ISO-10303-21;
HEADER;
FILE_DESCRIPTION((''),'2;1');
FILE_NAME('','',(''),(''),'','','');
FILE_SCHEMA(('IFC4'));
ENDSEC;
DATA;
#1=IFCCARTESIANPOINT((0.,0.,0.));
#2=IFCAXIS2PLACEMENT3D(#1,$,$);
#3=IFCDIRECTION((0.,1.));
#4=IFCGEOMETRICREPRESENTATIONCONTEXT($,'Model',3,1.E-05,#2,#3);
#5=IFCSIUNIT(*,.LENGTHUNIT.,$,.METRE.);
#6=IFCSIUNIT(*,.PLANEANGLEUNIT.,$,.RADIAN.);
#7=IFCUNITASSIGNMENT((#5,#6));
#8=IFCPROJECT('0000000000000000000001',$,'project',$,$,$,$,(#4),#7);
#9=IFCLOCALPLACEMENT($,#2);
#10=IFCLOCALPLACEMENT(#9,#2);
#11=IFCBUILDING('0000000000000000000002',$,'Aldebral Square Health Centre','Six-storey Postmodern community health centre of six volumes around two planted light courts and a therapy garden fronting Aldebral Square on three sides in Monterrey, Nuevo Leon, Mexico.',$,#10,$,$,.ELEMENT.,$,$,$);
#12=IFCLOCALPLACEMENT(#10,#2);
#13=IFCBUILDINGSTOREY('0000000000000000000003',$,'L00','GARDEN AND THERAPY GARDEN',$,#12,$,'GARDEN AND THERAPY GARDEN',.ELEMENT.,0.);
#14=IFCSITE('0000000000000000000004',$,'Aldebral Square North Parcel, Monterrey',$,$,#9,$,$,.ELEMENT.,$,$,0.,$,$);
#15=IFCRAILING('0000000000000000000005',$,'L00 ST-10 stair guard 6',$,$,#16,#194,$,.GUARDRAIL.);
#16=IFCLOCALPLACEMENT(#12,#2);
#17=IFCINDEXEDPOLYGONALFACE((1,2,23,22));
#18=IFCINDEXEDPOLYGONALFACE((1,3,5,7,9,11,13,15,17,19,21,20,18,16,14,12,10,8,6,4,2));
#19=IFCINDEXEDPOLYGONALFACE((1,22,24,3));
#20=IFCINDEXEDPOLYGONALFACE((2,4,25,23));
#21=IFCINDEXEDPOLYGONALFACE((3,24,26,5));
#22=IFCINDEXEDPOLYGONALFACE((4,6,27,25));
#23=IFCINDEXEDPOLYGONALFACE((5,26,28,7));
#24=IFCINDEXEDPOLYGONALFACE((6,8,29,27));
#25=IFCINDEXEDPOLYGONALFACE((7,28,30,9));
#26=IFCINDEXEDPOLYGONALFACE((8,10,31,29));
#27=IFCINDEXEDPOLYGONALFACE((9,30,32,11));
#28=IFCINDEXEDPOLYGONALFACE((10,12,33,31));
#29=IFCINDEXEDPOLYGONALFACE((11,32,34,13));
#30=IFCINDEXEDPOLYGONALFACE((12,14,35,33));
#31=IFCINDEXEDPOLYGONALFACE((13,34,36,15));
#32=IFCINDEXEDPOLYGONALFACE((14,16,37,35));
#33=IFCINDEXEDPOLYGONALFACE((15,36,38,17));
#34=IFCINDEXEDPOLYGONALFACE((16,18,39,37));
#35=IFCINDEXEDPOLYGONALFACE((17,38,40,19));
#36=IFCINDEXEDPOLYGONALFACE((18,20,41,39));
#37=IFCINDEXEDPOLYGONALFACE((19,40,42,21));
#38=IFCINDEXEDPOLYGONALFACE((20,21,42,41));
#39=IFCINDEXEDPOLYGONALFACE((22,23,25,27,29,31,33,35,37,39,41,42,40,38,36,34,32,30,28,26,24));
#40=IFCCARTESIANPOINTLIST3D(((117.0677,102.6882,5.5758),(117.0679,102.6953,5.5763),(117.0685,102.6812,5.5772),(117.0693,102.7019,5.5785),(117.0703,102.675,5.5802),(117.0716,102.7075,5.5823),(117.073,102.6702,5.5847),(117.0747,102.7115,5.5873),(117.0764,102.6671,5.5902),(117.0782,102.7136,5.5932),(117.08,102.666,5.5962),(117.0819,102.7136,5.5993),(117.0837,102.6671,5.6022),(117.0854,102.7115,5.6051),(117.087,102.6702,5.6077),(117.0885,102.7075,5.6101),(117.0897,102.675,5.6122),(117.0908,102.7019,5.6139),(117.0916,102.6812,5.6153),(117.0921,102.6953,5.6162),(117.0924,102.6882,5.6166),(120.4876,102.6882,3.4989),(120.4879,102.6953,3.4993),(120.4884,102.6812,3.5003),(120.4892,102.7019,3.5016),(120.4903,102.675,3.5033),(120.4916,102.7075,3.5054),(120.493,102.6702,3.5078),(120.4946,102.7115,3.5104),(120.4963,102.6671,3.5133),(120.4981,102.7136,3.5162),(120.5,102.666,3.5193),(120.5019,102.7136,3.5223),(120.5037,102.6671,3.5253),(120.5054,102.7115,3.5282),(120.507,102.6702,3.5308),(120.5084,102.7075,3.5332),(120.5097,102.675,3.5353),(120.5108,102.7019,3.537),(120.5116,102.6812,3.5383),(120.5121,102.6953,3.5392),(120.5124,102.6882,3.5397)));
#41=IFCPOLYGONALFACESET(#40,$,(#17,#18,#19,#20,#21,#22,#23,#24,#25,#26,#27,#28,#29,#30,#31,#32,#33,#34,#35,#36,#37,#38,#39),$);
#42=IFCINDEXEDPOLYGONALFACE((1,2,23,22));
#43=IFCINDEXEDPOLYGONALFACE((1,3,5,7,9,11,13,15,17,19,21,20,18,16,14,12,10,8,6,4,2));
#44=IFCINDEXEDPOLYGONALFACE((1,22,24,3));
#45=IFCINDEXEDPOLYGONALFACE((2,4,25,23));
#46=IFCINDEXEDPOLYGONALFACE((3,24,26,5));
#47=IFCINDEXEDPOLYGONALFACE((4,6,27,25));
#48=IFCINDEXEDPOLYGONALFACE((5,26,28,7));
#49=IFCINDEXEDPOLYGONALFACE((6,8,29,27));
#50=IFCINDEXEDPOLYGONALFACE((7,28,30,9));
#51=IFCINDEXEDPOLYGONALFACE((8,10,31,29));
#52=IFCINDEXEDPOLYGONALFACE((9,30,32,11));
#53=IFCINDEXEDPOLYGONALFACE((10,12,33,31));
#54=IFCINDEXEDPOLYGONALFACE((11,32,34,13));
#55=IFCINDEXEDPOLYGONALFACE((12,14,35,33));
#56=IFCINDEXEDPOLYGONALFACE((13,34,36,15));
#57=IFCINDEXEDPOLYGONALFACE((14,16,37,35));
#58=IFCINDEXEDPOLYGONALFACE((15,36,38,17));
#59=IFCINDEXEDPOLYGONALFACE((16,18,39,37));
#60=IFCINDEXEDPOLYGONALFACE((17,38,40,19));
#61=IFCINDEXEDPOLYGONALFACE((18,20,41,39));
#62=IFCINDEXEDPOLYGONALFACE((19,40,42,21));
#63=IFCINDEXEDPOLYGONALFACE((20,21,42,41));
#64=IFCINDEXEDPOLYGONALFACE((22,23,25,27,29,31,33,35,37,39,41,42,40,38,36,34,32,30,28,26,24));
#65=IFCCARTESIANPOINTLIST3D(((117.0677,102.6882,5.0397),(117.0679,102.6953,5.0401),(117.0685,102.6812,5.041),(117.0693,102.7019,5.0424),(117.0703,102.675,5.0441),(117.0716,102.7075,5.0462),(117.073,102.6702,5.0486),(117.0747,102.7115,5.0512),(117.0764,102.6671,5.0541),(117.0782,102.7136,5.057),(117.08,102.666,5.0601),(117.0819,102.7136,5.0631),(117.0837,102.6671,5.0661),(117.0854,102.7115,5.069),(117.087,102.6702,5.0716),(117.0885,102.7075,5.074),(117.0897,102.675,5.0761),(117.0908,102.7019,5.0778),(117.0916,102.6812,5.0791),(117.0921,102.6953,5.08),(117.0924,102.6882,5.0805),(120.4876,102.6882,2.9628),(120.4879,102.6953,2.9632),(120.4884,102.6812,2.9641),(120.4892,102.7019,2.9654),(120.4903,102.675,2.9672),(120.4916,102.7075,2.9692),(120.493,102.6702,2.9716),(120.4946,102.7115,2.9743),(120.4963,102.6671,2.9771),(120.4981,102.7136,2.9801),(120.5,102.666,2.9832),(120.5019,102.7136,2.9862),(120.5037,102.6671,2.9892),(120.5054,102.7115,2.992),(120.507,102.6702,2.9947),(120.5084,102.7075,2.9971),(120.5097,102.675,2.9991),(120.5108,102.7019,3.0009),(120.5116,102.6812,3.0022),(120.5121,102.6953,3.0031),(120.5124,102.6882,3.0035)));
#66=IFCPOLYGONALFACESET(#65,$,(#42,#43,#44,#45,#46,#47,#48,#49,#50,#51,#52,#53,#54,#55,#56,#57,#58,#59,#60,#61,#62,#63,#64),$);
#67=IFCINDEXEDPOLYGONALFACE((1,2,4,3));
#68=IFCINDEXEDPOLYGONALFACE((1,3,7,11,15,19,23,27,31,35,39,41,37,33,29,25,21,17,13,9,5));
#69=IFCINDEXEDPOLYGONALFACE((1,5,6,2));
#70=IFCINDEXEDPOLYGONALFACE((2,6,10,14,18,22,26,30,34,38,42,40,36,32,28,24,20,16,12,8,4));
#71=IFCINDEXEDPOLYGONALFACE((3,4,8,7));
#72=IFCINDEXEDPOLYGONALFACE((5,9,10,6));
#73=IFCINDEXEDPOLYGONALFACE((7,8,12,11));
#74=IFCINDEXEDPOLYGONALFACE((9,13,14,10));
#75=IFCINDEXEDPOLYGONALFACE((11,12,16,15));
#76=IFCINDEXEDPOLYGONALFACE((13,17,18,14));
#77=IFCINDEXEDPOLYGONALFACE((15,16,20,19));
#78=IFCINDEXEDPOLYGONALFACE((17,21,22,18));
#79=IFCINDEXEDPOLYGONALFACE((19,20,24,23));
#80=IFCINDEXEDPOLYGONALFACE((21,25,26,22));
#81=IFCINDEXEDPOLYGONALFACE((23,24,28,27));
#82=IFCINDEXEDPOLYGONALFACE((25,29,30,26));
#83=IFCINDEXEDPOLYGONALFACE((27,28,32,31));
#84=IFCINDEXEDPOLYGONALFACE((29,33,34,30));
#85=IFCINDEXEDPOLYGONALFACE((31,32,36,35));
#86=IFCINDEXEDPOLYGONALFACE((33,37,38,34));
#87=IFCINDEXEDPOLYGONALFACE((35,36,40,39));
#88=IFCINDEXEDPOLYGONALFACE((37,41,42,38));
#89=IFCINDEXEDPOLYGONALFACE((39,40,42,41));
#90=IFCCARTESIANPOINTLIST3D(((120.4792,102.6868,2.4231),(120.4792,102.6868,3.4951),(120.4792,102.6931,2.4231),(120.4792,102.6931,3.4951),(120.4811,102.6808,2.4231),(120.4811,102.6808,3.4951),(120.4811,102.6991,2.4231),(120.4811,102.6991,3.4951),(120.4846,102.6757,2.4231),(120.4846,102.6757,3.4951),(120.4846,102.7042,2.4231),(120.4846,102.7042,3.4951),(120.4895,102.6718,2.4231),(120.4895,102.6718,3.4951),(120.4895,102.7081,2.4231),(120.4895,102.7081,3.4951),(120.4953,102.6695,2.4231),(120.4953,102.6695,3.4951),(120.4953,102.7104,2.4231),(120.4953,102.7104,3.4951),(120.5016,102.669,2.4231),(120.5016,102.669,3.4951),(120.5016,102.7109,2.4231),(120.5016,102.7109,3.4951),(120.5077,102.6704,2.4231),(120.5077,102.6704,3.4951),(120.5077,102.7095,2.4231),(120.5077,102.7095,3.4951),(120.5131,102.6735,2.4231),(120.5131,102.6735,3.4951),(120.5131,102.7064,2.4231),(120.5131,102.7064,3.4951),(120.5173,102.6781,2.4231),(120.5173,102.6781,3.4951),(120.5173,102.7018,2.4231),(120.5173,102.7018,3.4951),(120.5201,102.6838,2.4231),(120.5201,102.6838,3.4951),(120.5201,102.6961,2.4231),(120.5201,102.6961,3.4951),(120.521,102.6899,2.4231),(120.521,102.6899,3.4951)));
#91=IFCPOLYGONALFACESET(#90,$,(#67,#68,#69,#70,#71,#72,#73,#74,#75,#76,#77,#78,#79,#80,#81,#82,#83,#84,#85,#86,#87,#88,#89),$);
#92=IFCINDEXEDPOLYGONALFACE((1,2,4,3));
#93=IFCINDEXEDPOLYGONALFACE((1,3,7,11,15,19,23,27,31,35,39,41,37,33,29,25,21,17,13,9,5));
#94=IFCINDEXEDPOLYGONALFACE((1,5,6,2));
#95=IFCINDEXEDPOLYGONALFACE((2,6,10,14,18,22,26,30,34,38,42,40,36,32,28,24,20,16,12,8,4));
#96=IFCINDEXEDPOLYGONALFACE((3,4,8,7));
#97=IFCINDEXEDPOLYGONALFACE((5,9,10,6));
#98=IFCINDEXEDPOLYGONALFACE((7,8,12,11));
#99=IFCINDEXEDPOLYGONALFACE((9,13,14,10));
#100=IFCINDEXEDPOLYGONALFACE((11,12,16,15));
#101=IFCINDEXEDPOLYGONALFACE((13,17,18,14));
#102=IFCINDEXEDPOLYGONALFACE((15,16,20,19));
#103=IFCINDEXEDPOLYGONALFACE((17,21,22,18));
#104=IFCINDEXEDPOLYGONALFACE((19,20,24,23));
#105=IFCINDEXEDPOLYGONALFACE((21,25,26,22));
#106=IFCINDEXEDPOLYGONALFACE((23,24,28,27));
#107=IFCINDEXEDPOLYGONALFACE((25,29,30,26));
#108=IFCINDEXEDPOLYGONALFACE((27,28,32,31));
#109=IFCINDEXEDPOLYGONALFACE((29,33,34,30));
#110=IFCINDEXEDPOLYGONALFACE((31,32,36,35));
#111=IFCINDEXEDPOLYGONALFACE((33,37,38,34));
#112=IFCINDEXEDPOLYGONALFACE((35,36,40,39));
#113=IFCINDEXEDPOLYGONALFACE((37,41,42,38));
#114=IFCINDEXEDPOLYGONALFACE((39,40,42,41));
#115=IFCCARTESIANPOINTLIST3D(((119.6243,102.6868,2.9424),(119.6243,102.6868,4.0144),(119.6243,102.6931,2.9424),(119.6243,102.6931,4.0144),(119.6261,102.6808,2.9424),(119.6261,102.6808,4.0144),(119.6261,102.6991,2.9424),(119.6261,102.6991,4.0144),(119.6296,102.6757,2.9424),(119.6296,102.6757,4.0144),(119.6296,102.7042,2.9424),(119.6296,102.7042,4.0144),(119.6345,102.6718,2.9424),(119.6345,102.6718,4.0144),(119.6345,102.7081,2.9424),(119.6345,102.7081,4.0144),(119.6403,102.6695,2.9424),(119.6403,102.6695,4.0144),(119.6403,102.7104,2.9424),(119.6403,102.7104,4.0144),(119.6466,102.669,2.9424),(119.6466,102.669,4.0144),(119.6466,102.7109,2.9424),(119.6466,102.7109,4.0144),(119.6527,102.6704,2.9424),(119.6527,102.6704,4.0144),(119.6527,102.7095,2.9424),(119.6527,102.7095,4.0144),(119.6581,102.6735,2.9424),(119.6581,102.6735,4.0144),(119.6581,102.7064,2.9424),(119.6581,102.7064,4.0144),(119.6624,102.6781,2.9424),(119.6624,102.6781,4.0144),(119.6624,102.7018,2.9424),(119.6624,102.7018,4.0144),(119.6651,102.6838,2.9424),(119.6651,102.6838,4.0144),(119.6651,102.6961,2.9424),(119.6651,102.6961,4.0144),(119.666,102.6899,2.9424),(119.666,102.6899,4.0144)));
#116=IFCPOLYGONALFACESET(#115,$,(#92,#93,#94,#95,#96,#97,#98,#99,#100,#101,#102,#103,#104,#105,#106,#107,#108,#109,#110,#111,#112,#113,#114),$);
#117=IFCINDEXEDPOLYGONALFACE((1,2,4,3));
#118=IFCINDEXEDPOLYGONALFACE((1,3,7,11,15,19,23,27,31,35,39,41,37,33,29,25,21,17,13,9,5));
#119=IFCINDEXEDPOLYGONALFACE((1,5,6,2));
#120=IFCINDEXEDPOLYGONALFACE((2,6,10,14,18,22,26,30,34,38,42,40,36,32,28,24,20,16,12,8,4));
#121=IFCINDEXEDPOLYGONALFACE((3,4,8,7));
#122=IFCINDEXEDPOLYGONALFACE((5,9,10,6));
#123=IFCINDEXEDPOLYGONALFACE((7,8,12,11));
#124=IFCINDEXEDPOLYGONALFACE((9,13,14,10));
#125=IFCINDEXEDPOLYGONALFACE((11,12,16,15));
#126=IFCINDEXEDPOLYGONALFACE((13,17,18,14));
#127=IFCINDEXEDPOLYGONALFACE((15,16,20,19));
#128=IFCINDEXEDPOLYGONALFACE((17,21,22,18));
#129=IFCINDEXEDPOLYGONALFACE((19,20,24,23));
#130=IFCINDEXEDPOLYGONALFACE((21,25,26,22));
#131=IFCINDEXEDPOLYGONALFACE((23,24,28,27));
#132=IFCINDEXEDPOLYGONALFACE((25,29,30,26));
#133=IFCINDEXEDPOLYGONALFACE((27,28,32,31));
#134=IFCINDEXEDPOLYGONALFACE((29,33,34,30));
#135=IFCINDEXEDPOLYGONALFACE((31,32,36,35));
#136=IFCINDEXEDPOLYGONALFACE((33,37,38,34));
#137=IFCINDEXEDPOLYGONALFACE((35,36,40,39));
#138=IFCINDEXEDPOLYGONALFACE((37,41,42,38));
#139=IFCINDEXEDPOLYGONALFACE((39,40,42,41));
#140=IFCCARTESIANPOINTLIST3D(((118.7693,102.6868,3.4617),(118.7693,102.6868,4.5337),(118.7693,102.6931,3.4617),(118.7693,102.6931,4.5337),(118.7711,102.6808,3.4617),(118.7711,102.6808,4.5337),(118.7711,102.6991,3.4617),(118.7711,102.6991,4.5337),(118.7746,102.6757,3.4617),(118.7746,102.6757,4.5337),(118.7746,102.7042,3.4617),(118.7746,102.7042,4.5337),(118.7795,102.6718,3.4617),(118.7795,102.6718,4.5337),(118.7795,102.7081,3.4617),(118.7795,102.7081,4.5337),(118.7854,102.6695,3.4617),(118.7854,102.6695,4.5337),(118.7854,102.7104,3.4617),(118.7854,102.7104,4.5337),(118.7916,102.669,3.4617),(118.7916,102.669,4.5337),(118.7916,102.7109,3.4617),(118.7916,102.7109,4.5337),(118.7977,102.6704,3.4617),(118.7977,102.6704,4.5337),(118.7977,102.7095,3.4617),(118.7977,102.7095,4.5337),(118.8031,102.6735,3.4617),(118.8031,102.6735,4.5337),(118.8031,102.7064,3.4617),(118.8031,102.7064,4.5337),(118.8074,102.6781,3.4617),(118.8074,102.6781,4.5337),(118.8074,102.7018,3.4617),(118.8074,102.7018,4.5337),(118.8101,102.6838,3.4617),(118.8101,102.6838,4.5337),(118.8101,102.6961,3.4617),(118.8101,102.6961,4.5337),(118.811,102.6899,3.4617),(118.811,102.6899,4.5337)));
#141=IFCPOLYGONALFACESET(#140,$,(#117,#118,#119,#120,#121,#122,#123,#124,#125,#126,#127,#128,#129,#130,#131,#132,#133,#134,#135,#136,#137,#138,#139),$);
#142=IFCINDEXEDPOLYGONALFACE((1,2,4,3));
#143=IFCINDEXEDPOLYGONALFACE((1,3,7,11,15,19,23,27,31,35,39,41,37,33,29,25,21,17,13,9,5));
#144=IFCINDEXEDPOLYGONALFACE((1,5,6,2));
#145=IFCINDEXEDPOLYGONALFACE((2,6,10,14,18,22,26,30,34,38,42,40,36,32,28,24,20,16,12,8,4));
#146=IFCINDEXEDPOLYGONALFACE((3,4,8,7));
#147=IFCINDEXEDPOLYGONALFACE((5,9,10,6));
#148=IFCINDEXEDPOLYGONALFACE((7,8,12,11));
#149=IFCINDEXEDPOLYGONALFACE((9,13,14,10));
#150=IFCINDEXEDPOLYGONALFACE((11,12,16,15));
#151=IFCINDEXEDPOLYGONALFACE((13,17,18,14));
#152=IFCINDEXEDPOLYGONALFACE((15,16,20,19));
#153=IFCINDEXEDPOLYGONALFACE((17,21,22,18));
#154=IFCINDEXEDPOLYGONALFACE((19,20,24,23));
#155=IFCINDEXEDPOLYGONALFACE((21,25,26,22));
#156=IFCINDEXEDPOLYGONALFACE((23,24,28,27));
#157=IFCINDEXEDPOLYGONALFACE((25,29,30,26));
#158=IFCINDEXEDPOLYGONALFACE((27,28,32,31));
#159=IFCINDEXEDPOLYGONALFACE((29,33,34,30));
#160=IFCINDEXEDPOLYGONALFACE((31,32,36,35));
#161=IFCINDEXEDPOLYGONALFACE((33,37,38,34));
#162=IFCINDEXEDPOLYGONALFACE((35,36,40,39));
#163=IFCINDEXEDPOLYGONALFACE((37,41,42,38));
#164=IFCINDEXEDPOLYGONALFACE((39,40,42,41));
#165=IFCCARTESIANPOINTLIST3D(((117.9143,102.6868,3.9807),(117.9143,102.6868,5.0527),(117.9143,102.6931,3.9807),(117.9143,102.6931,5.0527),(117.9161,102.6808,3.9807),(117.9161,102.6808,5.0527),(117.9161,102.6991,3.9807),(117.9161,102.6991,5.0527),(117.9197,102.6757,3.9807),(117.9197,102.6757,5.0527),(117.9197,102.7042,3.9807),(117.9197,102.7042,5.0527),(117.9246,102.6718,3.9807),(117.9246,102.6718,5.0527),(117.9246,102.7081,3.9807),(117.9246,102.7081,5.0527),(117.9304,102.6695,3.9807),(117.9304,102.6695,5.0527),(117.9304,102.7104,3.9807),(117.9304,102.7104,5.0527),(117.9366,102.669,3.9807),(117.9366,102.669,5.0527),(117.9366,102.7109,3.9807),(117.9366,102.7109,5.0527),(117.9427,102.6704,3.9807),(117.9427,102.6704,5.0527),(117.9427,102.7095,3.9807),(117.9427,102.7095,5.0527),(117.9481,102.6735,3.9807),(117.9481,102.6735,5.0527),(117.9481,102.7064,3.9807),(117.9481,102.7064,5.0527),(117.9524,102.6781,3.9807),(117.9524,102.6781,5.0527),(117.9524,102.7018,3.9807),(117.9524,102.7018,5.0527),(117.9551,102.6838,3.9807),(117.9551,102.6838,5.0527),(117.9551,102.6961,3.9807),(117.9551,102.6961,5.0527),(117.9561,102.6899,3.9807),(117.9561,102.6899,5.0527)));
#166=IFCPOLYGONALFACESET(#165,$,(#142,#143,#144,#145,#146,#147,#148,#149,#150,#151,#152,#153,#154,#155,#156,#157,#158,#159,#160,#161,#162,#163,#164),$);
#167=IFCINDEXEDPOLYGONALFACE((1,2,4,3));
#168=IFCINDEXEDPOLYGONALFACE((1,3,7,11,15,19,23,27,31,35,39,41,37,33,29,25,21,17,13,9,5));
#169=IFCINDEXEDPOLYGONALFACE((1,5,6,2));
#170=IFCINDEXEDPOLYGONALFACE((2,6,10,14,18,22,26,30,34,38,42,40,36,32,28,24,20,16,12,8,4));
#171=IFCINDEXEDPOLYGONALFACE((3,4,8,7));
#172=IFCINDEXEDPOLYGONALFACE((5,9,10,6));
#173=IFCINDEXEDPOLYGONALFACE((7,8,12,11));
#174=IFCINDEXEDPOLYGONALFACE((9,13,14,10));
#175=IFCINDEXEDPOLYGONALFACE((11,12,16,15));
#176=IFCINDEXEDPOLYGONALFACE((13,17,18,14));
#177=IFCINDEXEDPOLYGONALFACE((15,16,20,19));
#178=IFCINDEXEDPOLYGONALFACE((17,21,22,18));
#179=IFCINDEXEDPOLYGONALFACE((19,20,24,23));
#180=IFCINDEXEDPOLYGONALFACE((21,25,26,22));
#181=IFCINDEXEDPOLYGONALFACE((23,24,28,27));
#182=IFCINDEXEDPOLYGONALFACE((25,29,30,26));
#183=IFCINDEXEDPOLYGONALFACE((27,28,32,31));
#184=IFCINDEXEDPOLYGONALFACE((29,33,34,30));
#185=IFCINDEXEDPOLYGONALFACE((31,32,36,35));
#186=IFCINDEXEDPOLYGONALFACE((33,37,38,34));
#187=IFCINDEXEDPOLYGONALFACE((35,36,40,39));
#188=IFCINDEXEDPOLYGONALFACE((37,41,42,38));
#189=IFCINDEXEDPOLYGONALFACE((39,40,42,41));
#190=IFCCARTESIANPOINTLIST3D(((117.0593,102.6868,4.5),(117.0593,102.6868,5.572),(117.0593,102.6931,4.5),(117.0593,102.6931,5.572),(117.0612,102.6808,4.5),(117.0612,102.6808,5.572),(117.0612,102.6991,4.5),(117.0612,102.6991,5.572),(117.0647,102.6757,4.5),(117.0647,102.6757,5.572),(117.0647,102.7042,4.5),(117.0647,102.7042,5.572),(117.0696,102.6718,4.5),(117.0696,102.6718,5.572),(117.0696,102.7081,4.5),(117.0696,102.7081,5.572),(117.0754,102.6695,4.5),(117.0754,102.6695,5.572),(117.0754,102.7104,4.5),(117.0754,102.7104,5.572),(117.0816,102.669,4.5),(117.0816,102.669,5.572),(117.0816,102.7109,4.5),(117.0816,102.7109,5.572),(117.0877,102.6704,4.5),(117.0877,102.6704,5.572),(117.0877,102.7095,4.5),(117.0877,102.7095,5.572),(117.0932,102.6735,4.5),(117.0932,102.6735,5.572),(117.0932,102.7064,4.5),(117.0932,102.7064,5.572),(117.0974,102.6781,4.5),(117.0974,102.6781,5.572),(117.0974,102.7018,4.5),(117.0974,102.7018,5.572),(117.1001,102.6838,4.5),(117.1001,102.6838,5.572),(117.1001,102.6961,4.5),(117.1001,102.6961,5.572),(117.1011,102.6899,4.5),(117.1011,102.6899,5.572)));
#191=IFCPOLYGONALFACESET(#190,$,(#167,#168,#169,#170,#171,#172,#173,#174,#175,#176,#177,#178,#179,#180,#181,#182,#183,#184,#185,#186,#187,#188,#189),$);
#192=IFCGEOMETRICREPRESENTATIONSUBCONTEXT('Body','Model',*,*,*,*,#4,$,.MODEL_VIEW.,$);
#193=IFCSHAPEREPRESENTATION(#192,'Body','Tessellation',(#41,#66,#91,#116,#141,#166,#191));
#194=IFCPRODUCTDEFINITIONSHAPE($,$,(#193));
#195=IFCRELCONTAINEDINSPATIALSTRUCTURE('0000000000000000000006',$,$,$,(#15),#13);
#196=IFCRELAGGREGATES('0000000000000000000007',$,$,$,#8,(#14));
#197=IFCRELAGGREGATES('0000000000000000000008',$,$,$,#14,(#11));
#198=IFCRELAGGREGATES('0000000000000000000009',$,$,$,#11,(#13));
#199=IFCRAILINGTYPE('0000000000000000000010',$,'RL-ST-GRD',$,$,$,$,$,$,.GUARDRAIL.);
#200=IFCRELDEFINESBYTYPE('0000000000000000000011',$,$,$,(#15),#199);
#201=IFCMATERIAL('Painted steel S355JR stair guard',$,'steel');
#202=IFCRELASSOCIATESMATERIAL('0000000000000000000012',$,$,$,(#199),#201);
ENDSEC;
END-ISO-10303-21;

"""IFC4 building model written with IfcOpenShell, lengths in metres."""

from ifc_helpers import new_model, si_unit, direction, frame, origin, origin_2d, place, context, subcontext, project, spatial, circle, extrude, material, type_object, element, save


model = new_model("IFC4")

# Units and contexts
model_context = context("Model", 3, precision=1e-05, world=origin(), true_north=direction((0.0, 1.0)))
body_context = subcontext(model_context, "Body", "Model", "MODEL_VIEW")
ifc_project = project(units=[si_unit("LENGTHUNIT", "METRE"), si_unit("PLANEANGLEUNIT", "RADIAN")], contexts=[model_context])

# Site, building, storey
site_placement = place(None, origin())
site = spatial("IfcSite", under=ifc_project, at=site_placement, Name="Aldebral Square North Parcel, Monterrey", CompositionType="ELEMENT", RefElevation=0.0)
building_placement = place(site_placement, origin())
building = spatial("IfcBuilding", under=site, at=building_placement, Name="Aldebral Square Health Centre", Description="Six-storey Postmodern community health centre of six volumes around two planted light courts and a therapy garden fronting Aldebral Square on three sides in Monterrey, Nuevo Leon, Mexico.", CompositionType="ELEMENT")
storey_placement = place(building_placement, origin())
storey = spatial("IfcBuildingStorey", under=building, at=storey_placement, Name="L00", Description="GARDEN AND THERAPY GARDEN", LongName="GARDEN AND THERAPY GARDEN", CompositionType="ELEMENT", Elevation=0.0)

# Railing
ifc_material_1 = material(Name="Painted steel S355JR stair guard", Category="steel")
railing_type_1 = type_object("IfcRailingType", Name="RL-ST-GRD", PredefinedType="GUARDRAIL", material=ifc_material_1)
railing_1_placement = place(storey_placement, frame((120.5, 102.6899, 2.4231)))
element("IfcRailing", 1, at=railing_1_placement, inside=storey, type_object=railing_type_1, Name="L00 ST-10 stair guard 6", PredefinedType="GUARDRAIL", context=body_context, shape_type="SweptSolid", body=[
    extrude(circle(Radius=0.0239, at=origin_2d()), frame((0.0, 0.0, 1.0962), z_axis=(-0.85473, 0.0, 0.519074), x_axis=(0.0, -1.0, 0.0)), (0.0, 0.0, 1.0), 4.0012),
    extrude(circle(Radius=0.0239, at=origin_2d()), frame((0.0, 0.0, 0.5601), z_axis=(-0.85473, 0.0, 0.519074), x_axis=(0.0, -1.0, 0.0)), (0.0, 0.0, 1.0), 4.0012),
    extrude(circle(Radius=0.021, at=origin_2d()), origin(), (0.0, 0.0, 1.0), 1.072),
    extrude(circle(Radius=0.021, at=origin_2d()), frame((-0.855, 0.0, 0.5193)), (0.0, 0.0, 1.0), 1.072),
    extrude(circle(Radius=0.021, at=origin_2d()), frame((-1.71, 0.0, 1.0386)), (0.0, 0.0, 1.0), 1.072),
    extrude(circle(Radius=0.021, at=origin_2d()), frame((-2.5649, 0.0, 1.5576)), (0.0, 0.0, 1.0), 1.072),
    extrude(circle(Radius=0.021, at=origin_2d()), frame((-3.4199, 0.0, 2.0769)), (0.0, 0.0, 1.0), 1.072),
])

save(model, "model.ifc")
